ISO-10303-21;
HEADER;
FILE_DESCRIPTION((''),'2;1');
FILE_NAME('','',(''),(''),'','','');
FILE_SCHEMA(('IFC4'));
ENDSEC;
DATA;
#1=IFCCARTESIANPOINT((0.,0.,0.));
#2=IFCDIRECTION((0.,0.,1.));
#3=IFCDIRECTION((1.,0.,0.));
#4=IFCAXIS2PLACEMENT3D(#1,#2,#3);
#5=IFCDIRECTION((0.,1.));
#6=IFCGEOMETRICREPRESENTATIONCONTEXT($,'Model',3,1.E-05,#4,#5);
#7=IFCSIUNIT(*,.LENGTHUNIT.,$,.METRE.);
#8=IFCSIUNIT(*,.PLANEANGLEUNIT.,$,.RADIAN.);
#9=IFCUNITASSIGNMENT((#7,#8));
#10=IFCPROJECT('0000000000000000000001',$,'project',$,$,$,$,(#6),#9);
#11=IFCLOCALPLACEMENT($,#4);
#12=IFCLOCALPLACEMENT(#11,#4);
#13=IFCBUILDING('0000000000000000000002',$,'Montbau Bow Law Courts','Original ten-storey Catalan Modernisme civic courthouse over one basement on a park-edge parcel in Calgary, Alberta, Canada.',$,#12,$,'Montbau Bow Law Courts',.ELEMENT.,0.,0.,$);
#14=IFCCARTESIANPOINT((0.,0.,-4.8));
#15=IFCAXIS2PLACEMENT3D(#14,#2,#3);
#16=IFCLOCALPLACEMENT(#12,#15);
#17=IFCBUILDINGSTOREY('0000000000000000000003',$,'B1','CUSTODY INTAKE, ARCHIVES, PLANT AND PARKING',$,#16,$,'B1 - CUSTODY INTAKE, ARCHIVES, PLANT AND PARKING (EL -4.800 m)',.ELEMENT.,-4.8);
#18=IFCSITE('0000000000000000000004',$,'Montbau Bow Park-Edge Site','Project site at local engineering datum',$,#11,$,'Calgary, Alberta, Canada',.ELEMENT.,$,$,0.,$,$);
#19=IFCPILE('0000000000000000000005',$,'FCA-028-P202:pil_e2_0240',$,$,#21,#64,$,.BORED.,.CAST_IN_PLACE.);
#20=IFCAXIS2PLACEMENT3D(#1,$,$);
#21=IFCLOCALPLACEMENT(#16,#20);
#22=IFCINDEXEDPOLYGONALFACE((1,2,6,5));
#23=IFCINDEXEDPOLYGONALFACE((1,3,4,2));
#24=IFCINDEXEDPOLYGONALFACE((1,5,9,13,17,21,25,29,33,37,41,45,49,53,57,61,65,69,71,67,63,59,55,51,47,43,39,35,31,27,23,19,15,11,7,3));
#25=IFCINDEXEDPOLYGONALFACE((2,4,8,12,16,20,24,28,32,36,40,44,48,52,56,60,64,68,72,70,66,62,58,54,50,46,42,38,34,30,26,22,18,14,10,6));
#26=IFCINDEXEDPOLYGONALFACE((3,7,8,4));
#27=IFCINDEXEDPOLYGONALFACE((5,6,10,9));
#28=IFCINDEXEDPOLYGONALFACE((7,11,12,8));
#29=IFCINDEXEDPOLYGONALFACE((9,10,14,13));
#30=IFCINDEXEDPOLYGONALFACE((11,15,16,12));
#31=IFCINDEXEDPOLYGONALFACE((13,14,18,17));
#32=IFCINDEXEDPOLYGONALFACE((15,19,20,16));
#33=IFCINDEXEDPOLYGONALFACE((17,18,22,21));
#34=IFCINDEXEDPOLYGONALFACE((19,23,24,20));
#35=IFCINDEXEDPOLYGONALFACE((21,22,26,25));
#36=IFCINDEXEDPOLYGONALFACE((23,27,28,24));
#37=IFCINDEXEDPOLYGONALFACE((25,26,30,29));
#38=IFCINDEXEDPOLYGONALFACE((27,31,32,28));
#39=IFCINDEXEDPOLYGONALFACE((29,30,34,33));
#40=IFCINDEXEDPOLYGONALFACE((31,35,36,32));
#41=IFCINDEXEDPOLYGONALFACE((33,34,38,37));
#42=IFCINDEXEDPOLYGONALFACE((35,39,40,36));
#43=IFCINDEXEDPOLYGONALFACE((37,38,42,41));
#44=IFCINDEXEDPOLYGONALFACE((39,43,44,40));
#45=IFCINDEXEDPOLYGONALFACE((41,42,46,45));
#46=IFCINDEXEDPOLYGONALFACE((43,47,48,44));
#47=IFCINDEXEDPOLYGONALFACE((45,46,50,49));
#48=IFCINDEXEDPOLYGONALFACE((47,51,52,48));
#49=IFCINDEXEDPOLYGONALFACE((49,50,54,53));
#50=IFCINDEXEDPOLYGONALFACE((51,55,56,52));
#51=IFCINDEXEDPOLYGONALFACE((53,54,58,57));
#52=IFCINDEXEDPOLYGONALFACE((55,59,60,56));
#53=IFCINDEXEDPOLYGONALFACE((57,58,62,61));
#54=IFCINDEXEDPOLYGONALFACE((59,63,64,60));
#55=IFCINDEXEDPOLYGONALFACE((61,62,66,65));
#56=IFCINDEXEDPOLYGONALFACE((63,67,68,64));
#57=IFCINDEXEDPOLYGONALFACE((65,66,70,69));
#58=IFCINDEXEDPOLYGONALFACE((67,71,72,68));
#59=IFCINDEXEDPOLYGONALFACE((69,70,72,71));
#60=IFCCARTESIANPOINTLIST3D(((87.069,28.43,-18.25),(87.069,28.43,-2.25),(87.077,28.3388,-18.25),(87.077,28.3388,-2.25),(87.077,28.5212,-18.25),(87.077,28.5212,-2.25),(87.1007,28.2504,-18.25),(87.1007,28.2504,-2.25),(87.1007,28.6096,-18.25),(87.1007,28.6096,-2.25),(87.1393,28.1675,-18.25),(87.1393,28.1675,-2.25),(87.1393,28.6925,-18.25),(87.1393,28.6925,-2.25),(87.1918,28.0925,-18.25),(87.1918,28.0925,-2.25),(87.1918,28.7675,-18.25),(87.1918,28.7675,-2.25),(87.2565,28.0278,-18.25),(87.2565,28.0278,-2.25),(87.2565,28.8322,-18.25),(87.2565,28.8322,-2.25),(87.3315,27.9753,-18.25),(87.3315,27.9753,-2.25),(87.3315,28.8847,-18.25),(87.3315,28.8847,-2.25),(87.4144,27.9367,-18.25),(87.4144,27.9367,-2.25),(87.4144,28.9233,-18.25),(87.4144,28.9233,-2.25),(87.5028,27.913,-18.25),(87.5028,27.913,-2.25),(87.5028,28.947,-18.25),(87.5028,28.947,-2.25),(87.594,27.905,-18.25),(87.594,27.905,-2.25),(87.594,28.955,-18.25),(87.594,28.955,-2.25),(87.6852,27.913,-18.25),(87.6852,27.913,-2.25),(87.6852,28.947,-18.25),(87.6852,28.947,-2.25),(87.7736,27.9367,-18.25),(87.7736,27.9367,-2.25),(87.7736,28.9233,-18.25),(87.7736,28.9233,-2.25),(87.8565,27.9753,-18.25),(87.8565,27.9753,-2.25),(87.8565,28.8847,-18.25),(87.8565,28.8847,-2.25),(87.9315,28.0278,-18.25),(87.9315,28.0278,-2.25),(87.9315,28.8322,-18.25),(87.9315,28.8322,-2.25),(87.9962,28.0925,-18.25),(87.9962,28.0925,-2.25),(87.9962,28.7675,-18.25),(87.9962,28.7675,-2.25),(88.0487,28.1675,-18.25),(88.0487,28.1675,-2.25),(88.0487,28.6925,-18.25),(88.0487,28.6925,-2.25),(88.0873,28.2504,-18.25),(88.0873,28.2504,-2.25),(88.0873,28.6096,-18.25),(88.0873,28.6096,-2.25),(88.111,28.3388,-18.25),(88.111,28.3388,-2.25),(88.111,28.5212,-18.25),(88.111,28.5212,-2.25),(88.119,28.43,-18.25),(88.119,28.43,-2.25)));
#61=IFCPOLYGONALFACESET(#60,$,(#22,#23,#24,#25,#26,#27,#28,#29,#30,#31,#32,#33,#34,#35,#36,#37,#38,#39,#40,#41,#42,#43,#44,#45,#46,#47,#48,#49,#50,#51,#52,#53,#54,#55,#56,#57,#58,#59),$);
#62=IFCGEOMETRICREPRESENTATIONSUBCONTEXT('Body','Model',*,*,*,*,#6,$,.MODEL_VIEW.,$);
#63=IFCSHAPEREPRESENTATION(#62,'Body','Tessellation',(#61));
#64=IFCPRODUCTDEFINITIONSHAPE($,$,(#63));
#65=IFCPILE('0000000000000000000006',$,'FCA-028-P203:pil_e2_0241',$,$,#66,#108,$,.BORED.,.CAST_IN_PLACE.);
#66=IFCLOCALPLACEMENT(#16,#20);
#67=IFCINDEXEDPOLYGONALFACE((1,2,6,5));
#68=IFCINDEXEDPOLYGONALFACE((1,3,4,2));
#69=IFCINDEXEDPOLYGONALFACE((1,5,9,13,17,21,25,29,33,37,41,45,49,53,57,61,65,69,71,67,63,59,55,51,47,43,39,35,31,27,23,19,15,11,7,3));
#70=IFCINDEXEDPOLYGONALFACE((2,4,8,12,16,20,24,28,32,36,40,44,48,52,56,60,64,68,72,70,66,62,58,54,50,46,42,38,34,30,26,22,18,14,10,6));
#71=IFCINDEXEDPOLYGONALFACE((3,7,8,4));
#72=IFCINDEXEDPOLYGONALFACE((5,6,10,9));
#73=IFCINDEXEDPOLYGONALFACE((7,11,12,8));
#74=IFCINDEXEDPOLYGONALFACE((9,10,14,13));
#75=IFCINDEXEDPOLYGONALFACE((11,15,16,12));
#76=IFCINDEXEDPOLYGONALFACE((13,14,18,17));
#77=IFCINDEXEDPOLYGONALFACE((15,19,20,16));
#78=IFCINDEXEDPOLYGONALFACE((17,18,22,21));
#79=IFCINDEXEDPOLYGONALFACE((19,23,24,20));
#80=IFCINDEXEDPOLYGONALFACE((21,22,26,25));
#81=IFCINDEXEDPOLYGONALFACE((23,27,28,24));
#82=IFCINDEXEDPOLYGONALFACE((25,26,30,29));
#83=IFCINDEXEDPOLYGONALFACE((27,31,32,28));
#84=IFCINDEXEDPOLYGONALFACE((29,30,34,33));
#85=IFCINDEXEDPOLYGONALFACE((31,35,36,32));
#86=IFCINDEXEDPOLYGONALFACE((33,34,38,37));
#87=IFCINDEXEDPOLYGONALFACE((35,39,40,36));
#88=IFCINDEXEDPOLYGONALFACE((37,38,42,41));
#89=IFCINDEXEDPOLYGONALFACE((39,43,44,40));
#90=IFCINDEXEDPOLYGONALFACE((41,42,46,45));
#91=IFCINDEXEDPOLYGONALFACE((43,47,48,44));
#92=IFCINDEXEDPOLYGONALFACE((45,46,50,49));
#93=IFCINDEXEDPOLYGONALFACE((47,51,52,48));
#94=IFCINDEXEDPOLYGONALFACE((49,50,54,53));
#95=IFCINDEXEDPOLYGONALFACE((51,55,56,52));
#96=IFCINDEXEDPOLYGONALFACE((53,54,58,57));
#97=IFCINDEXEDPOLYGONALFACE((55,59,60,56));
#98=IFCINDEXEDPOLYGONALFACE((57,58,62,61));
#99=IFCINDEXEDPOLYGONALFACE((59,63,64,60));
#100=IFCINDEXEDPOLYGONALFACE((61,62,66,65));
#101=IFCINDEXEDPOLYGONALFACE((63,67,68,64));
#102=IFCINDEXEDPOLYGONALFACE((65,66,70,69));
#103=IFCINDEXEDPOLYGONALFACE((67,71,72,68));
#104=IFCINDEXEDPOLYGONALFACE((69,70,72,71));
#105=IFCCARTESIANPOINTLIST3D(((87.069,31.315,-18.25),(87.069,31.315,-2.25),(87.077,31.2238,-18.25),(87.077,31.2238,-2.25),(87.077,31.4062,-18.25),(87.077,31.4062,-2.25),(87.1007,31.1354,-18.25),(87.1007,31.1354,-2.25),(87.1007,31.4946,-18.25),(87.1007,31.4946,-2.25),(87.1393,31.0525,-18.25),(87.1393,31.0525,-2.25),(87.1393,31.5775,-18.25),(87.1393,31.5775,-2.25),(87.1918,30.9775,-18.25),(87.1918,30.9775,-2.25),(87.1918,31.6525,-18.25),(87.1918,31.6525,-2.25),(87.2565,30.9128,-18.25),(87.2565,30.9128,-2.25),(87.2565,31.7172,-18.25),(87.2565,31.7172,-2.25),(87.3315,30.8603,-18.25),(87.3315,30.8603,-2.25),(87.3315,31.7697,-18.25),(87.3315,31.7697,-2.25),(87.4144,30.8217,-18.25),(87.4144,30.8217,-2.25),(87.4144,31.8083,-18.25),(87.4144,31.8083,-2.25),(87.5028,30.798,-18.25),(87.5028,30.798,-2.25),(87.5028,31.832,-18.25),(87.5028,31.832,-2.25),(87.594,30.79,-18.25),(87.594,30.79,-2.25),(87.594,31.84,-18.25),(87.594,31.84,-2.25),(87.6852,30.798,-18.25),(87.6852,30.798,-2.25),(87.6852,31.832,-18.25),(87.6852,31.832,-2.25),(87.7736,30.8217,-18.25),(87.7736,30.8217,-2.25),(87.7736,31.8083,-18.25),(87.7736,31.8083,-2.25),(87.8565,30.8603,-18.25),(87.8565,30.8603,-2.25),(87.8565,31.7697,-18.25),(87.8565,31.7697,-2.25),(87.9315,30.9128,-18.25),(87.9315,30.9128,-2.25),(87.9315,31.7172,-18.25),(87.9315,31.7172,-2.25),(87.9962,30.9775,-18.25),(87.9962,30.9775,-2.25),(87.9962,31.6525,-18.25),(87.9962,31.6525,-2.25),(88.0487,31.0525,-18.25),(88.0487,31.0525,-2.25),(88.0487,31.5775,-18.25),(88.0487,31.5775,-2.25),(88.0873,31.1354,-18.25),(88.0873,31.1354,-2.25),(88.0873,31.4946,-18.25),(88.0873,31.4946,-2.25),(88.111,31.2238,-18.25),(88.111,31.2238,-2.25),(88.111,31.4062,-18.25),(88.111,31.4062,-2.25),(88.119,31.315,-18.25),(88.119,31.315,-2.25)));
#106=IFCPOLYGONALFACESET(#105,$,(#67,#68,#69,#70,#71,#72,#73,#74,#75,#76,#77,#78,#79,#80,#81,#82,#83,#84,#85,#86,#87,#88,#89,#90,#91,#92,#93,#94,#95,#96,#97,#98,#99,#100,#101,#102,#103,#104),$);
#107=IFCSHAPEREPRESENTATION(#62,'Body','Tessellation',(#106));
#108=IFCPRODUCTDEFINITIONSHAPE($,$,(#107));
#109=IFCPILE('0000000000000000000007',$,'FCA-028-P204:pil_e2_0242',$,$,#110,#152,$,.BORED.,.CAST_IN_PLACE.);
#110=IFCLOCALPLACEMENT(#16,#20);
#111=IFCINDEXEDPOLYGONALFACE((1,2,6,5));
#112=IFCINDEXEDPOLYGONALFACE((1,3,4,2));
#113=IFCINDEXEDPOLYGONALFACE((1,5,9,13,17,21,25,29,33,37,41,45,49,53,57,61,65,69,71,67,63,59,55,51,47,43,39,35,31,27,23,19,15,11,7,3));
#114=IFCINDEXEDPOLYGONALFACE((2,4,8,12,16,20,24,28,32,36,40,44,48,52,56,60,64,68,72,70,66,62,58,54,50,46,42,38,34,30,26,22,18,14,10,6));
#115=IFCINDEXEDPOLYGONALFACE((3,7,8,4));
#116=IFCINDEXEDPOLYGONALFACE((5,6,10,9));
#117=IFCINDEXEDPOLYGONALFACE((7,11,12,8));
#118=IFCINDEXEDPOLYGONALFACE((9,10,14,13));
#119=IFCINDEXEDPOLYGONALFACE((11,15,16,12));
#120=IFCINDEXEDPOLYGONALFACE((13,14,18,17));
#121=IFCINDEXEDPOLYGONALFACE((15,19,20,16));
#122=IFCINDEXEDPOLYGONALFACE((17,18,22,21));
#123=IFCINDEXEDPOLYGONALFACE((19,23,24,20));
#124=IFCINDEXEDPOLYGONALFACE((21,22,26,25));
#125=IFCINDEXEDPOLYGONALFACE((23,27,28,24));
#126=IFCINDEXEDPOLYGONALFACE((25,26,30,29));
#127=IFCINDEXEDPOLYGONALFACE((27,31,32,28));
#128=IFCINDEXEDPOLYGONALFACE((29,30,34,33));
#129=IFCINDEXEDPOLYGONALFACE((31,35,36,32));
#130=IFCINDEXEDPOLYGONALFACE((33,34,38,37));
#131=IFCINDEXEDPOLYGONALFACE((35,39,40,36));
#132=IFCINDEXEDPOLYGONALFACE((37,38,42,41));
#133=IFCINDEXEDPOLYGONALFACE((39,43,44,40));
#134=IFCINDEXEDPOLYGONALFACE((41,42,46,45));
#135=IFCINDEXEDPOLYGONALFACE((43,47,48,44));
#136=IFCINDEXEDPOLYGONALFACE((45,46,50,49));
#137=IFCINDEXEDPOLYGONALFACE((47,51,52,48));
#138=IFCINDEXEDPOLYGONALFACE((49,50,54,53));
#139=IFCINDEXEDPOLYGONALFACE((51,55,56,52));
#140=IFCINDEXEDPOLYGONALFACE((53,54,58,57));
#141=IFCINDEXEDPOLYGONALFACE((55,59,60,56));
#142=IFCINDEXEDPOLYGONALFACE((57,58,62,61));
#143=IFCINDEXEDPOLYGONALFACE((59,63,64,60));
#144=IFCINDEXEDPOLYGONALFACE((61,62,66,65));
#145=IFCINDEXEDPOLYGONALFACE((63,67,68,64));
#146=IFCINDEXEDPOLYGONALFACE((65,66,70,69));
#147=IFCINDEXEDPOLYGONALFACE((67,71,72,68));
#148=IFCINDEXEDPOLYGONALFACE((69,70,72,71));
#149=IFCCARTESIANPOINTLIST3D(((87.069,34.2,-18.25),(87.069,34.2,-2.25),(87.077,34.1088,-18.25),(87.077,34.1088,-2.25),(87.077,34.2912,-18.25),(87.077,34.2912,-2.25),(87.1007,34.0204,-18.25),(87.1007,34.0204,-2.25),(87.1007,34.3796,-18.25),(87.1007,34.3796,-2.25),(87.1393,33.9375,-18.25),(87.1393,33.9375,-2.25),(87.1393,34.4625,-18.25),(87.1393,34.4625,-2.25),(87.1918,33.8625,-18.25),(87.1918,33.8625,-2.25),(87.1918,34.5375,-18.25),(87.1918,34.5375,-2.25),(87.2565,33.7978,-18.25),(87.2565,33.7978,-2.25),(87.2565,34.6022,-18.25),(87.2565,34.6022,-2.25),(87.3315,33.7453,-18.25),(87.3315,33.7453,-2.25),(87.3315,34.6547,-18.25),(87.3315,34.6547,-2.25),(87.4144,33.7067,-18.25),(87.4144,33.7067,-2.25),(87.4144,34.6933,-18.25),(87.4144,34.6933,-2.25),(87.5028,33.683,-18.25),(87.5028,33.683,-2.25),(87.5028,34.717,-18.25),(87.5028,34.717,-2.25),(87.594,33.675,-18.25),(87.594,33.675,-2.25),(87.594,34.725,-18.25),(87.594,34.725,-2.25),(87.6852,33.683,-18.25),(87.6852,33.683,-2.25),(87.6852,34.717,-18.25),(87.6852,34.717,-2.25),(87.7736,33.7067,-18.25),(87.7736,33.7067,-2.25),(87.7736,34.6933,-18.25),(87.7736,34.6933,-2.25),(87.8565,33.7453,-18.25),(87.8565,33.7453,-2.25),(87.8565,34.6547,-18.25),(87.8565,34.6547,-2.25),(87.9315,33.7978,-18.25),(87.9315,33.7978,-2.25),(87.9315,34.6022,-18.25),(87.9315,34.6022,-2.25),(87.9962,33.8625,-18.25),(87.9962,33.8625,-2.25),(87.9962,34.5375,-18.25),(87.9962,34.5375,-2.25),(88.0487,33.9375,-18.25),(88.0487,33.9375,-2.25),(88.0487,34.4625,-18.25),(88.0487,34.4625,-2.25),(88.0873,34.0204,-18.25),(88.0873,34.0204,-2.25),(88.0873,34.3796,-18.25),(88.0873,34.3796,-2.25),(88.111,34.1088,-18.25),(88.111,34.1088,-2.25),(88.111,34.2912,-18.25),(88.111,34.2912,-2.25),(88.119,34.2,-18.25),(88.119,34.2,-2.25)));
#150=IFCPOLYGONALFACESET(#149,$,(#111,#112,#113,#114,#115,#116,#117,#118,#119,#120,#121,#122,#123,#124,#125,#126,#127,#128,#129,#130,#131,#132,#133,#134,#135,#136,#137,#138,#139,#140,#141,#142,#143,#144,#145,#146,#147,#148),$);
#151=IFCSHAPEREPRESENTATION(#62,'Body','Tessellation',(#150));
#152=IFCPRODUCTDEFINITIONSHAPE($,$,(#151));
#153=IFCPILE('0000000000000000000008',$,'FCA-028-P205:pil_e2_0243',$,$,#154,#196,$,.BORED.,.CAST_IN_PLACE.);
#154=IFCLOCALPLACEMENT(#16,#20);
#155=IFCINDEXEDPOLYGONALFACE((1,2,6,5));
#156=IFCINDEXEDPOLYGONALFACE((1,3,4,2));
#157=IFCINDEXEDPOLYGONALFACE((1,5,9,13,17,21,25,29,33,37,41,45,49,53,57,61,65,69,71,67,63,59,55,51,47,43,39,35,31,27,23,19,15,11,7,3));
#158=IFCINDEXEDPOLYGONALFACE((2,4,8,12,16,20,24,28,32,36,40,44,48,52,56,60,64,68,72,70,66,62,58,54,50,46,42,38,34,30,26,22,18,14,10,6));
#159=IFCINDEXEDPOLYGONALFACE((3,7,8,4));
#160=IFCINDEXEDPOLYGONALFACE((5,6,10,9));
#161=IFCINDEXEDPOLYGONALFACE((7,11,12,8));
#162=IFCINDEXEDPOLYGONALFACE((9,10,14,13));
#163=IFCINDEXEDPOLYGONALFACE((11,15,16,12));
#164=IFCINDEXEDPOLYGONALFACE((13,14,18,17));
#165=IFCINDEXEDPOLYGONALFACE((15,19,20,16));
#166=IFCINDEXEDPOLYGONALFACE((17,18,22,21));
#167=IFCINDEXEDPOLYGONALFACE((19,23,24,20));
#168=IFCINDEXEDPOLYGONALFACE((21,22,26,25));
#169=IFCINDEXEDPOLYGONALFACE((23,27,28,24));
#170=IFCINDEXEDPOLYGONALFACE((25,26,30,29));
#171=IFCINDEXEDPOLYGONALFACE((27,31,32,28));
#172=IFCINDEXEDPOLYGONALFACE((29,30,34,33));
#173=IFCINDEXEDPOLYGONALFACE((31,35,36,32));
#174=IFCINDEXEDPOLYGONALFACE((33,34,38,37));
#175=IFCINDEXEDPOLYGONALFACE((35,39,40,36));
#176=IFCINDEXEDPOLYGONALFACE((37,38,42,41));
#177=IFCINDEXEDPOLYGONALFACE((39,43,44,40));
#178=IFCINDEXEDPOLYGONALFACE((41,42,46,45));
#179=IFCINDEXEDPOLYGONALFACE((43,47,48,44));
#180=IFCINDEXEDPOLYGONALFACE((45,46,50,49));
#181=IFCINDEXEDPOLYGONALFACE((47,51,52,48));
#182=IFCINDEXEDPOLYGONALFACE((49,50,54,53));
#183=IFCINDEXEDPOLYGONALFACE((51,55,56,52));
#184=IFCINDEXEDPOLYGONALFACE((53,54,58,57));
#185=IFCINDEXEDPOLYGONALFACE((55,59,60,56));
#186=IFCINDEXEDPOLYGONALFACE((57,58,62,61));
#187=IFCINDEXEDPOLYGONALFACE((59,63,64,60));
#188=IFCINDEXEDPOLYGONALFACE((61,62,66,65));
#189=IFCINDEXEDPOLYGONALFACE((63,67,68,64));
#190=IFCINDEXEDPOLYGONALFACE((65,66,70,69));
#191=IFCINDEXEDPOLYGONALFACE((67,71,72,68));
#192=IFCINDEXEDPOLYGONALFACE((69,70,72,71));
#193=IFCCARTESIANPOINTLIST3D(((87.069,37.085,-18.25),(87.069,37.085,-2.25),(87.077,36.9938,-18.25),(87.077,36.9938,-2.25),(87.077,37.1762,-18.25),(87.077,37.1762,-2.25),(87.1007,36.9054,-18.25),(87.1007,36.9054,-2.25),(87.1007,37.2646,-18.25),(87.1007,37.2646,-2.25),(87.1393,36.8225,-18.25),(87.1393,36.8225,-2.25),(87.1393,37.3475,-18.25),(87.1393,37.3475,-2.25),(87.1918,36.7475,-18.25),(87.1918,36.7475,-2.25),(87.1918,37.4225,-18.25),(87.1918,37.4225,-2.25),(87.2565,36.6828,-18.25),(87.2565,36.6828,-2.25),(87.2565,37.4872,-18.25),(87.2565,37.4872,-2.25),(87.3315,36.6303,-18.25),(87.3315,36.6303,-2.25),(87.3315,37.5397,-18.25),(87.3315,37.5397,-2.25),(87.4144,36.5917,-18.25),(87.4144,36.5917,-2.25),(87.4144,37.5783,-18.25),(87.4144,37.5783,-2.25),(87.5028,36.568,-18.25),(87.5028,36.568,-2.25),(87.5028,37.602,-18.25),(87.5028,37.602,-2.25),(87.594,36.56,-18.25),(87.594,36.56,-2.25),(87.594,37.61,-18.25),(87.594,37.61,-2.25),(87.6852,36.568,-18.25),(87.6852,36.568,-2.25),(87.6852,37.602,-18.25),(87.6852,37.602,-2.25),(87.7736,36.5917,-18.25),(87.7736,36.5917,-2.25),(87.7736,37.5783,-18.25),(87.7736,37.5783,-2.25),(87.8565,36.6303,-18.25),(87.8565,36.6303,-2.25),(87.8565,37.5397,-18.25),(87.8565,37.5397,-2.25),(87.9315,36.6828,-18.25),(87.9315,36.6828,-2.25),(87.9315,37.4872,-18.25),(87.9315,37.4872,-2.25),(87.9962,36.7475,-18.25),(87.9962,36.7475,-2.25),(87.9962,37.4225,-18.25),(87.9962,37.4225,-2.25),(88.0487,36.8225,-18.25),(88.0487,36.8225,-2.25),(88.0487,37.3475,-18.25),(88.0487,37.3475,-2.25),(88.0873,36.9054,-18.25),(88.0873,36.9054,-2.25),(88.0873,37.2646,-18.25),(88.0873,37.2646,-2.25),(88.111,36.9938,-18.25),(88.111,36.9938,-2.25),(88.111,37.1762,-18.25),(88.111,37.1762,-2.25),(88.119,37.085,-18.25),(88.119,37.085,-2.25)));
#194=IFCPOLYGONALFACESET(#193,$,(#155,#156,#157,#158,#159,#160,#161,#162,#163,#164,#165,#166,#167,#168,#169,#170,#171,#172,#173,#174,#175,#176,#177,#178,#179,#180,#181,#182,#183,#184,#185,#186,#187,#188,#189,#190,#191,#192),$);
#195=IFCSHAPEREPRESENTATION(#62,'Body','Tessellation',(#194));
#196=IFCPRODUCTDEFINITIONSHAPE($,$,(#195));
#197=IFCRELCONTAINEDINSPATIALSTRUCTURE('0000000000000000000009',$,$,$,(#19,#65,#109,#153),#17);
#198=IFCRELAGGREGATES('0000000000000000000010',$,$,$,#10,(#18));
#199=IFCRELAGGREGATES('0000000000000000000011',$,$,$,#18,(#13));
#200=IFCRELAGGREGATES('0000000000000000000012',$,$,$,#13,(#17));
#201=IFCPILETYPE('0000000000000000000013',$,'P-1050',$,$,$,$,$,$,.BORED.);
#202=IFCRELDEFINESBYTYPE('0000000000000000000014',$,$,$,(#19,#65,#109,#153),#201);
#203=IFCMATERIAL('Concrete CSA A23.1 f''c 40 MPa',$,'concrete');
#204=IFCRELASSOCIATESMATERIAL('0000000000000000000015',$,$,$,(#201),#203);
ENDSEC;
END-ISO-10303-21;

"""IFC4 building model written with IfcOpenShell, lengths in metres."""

from ifc_helpers import new_model, si_unit, direction, frame, origin_with_axes, origin_2d_with_axis, place, context, subcontext, project, spatial, circle, extrude, material, material_profile, profile_set, type_object, element, save


model = new_model("IFC4")

# Units and contexts
model_context = context("Model", 3, precision=1e-05, world=origin_with_axes(), true_north=direction((0.0, 1.0)))
body_context = subcontext(model_context, "Body", "Model", "MODEL_VIEW")
ifc_project = project(units=[si_unit("LENGTHUNIT", "METRE"), si_unit("PLANEANGLEUNIT", "RADIAN")], contexts=[model_context])

# Site, building, storey
site_placement = place(None, origin_with_axes())
site = spatial("IfcSite", under=ifc_project, at=site_placement, Name="Montbau Bow Park-Edge Site", Description="Project site at local engineering datum", LongName="Calgary, Alberta, Canada", CompositionType="ELEMENT", RefElevation=0.0)
building_placement = place(site_placement, origin_with_axes())
building = spatial("IfcBuilding", under=site, at=building_placement, Name="Montbau Bow Law Courts", Description="Original ten-storey Catalan Modernisme civic courthouse over one basement on a park-edge parcel in Calgary, Alberta, Canada.", LongName="Montbau Bow Law Courts", CompositionType="ELEMENT", ElevationOfRefHeight=0.0, ElevationOfTerrain=0.0)
storey_placement = place(building_placement, frame((0.0, 0.0, -4.8), z_axis=(0.0, 0.0, 1.0), x_axis=(1.0, 0.0, 0.0)))
storey = spatial("IfcBuildingStorey", under=building, at=storey_placement, Name="B1", Description="CUSTODY INTAKE, ARCHIVES, PLANT AND PARKING", LongName="B1 - CUSTODY INTAKE, ARCHIVES, PLANT AND PARKING (EL -4.800 m)", CompositionType="ELEMENT", Elevation=-4.8)

# Piles
ifc_material_1 = material(Name="Concrete CSA A23.1 f'c 40 MPa", Category="concrete")
ifc_material_profile_1 = material_profile(ifc_material_1, circle(Radius=0.525, at=origin_2d_with_axis()), Name="BP1050", Category="Main", Priority=0)
ifc_profile_set_1 = profile_set([ifc_material_profile_1], Name="Concrete CSA A23.1 f'c 40 MPa")
pile_type = type_object("IfcPileType", Name="P-1050", PredefinedType="BORED", material=ifc_profile_set_1)
for number, where, z_axis, x_axis, name in (
    (1, (87.594, 28.43, -23.05), (0.0, 0.0, 1.0), (1.0, 0.0, 0.0), "FCA-028-P202:pil_e2_0240"),
    (2, (87.594, 31.315, -23.05), (0.0, 0.0, 1.0), (1.0, 0.0, 0.0), "FCA-028-P203:pil_e2_0241"),
    (3, (87.594, 34.2, -23.05), (0.0, 0.0, 1.0), (1.0, 0.0, 0.0), "FCA-028-P204:pil_e2_0242"),
    (4, (87.594, 37.085, -23.05), (0.0, 0.0, 1.0), (1.0, 0.0, 0.0), "FCA-028-P205:pil_e2_0243"),
):
    element("IfcPile", number, at=place(None, frame(where, z_axis=z_axis, x_axis=x_axis)), inside=storey, type_object=pile_type, Name=name, ConstructionType="CAST_IN_PLACE", PredefinedType="BORED", context=body_context, shape_type="SweptSolid", body=[
        extrude(circle(Radius=0.525, at=origin_2d_with_axis()), origin_with_axes(), (0.0, 0.0, 1.0), 16.0),
    ])

save(model, "model.ifc")
